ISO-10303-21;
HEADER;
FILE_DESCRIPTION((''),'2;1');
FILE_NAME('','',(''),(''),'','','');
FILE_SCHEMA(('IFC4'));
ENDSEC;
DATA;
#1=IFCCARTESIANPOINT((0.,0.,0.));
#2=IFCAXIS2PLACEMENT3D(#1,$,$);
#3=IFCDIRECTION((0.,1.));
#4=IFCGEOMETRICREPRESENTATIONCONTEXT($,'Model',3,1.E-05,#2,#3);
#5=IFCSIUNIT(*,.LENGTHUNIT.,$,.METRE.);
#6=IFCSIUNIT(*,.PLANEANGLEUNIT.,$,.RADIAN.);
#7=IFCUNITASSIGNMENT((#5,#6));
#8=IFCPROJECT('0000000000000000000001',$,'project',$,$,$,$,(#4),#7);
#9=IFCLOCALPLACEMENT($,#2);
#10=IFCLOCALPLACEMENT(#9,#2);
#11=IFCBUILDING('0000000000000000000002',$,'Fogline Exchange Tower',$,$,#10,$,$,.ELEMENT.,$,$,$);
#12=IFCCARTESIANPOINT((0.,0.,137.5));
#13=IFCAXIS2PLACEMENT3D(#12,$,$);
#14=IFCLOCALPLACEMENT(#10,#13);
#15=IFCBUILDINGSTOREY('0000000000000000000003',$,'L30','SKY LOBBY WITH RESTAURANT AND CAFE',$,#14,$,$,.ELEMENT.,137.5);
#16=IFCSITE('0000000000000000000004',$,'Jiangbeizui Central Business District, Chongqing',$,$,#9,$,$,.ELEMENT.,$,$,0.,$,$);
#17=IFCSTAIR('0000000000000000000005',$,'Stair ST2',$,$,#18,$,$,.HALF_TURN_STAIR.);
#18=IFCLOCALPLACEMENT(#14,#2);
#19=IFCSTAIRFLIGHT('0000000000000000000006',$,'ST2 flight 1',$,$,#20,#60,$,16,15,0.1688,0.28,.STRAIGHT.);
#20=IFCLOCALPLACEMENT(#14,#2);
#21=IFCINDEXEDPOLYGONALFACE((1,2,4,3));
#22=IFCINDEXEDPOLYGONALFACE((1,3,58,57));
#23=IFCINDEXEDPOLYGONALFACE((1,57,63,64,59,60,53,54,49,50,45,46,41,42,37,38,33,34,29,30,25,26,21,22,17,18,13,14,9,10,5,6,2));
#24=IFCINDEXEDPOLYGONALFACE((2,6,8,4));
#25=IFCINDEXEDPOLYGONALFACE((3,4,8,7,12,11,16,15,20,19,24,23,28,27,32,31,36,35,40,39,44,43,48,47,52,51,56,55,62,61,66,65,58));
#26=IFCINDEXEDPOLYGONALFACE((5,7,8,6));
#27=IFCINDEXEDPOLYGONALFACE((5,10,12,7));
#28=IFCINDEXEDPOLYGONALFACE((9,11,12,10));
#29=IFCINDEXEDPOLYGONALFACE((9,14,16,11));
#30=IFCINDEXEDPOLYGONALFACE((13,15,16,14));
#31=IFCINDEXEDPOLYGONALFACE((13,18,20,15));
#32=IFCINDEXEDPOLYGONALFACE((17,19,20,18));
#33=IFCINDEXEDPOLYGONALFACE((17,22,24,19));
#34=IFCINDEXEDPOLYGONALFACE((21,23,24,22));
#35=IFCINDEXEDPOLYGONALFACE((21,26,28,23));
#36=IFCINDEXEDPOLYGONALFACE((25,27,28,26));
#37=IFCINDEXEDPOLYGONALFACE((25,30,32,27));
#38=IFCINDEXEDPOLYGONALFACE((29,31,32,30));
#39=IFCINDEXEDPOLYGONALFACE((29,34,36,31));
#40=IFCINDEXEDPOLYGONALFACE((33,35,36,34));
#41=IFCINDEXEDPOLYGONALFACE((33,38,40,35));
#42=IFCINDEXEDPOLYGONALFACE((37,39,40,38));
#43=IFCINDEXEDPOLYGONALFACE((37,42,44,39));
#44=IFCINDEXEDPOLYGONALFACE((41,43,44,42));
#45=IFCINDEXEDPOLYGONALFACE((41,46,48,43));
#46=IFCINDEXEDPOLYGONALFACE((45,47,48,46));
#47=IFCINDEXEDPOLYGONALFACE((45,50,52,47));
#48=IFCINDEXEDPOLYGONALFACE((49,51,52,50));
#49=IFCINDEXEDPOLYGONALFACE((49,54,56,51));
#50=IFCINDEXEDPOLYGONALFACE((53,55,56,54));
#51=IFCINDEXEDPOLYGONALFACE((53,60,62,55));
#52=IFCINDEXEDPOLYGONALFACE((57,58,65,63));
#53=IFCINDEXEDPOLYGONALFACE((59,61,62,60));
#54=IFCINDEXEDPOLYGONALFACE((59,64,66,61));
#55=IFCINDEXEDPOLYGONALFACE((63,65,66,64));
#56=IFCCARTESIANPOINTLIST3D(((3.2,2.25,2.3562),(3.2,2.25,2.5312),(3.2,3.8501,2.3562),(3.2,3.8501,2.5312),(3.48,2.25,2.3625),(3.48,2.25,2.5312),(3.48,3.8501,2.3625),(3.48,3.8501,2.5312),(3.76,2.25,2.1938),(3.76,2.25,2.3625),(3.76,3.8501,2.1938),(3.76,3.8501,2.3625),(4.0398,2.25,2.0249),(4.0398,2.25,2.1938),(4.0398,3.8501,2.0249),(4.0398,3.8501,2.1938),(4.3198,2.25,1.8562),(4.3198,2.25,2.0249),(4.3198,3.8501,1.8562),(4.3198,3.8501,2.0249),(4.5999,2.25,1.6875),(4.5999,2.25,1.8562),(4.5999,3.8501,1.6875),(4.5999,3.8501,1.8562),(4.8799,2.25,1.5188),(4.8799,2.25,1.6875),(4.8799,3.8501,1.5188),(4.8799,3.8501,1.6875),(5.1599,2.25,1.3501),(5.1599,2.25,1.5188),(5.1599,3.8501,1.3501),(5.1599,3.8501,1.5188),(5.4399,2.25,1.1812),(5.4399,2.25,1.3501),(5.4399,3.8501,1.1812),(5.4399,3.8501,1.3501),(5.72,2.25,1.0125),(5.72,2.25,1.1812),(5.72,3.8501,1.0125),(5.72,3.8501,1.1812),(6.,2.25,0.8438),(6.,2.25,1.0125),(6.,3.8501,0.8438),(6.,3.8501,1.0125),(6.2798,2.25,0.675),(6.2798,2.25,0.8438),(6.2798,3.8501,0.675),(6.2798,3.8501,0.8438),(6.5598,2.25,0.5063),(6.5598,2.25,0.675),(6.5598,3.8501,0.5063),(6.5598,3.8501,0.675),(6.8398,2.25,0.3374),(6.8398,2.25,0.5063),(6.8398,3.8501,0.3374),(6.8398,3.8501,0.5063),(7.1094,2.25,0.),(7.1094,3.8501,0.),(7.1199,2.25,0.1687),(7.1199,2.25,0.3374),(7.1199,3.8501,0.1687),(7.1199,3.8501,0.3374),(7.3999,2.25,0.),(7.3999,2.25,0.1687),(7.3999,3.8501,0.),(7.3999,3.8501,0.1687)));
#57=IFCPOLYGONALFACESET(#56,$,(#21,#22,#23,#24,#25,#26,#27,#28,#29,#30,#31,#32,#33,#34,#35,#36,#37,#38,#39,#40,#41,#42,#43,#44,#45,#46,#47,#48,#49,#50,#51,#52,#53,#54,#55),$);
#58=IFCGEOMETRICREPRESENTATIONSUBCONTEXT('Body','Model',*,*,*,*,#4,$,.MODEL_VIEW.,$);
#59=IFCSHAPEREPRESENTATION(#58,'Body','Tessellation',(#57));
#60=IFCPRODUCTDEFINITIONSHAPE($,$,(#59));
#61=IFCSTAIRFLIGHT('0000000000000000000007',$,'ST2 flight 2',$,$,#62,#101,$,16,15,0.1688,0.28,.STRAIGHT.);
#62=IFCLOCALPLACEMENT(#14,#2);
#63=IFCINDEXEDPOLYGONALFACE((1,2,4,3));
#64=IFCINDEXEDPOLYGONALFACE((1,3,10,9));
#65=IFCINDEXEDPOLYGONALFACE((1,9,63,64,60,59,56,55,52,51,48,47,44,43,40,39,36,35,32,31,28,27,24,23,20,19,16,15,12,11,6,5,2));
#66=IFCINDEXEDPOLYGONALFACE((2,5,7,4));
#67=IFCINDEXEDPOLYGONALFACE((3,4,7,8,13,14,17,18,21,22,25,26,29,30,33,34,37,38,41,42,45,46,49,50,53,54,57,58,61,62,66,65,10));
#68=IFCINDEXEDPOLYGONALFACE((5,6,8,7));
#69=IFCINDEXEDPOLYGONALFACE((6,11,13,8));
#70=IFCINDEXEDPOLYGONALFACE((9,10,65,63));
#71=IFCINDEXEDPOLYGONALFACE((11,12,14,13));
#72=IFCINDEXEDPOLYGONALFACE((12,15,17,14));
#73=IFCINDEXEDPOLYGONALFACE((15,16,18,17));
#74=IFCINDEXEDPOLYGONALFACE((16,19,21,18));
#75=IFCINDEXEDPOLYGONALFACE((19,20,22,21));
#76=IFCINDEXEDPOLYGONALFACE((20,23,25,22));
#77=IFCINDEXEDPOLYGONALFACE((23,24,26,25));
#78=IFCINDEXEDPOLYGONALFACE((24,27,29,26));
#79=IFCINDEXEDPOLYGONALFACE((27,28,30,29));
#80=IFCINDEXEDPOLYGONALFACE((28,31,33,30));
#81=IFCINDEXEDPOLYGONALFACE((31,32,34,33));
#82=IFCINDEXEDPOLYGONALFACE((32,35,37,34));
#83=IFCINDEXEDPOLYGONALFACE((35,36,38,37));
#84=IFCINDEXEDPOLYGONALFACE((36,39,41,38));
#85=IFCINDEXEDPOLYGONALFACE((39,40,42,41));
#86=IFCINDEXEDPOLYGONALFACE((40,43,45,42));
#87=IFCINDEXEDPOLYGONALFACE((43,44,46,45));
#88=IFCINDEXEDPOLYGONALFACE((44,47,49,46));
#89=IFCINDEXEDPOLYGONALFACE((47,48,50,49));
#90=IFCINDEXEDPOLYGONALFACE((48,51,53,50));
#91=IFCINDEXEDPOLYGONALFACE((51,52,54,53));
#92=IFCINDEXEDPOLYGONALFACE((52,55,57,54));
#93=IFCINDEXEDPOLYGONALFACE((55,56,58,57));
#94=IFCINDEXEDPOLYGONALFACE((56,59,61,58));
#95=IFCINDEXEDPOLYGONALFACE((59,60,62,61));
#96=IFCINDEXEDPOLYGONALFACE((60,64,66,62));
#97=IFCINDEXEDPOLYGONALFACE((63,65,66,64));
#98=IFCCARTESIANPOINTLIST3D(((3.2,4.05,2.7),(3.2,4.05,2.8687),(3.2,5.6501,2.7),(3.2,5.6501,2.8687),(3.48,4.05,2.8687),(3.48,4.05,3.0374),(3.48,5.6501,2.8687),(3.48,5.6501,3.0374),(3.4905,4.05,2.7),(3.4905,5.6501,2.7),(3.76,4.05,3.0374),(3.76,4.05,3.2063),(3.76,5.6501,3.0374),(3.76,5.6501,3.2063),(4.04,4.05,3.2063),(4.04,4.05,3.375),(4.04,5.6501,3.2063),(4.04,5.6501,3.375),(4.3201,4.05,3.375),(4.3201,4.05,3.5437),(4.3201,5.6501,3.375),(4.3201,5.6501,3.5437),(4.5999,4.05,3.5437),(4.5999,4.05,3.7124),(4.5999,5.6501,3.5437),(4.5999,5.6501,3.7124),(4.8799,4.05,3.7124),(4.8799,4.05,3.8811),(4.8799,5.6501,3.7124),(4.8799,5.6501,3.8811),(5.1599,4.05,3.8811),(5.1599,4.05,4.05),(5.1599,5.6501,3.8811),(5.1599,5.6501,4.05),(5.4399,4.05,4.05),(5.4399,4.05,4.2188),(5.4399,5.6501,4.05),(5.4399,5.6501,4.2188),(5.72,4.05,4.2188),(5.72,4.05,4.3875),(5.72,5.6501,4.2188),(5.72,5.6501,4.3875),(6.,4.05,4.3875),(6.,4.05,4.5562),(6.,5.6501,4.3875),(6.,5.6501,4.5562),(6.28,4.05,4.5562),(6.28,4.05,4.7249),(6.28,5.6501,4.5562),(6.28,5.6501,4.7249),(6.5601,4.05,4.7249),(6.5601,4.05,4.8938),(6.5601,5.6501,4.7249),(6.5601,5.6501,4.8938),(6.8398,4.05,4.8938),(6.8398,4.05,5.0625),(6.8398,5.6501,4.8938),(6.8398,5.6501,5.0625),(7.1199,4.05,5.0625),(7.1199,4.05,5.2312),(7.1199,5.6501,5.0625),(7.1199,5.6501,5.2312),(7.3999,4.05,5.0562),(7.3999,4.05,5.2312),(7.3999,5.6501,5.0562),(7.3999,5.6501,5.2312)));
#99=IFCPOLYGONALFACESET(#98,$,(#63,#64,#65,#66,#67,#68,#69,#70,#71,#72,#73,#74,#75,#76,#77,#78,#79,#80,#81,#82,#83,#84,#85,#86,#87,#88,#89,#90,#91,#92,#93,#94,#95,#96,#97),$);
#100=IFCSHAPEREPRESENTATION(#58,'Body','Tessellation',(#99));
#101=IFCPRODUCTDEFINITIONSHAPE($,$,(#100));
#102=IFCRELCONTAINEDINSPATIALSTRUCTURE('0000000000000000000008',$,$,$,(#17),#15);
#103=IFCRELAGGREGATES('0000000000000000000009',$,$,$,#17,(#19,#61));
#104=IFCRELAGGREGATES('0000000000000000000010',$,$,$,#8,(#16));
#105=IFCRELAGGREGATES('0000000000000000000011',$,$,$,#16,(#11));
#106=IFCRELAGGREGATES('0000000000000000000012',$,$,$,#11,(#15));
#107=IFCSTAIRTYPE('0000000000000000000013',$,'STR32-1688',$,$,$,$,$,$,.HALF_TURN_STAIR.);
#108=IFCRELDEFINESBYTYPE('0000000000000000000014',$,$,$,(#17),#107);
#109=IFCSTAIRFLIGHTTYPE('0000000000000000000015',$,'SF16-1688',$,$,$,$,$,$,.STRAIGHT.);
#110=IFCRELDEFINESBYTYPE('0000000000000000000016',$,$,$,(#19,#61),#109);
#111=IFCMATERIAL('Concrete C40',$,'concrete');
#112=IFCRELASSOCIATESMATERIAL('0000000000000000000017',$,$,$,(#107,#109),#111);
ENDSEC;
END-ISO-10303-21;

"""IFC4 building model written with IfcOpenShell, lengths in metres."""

from ifc_helpers import new_model, si_unit, direction, frame, origin, place, context, subcontext, project, spatial, polyline, outline, extrude, material, type_object, element, aggregate, save


model = new_model("IFC4")

# Units and contexts
model_context = context("Model", 3, precision=1e-05, world=origin(), true_north=direction((0.0, 1.0)))
body_context = subcontext(model_context, "Body", "Model", "MODEL_VIEW")
ifc_project = project(units=[si_unit("LENGTHUNIT", "METRE"), si_unit("PLANEANGLEUNIT", "RADIAN")], contexts=[model_context])

# Site, building, storey
site_placement = place(None, origin())
site = spatial("IfcSite", under=ifc_project, at=site_placement, Name="Jiangbeizui Central Business District, Chongqing", CompositionType="ELEMENT", RefElevation=0.0)
building_placement = place(site_placement, origin())
building = spatial("IfcBuilding", under=site, at=building_placement, Name="Fogline Exchange Tower", CompositionType="ELEMENT")
storey_placement = place(building_placement, frame((0.0, 0.0, 137.5)))
storey = spatial("IfcBuildingStorey", under=building, at=storey_placement, Name="L30", Description="SKY LOBBY WITH RESTAURANT AND CAFE", CompositionType="ELEMENT", Elevation=137.5)

# Shared definitions
ifc_material_1 = material(Name="Concrete C40", Category="concrete")

# Stair, stair flights
stair_type = type_object("IfcStairType", Name="STR32-1688", PredefinedType="HALF_TURN_STAIR", material=ifc_material_1)
stair_placement = place(storey_placement, origin())
stair = element("IfcStair", 1, at=stair_placement, inside=storey, type_object=stair_type, Name="Stair ST2", PredefinedType="HALF_TURN_STAIR")
stair_flight_type = type_object("IfcStairFlightType", Name="SF16-1688", PredefinedType="STRAIGHT", material=ifc_material_1)
stair_flight_1_placement = place(storey_placement, frame((7.3999, 3.05, 0.0), z_axis=(0.0, 0.0, 1.0), x_axis=(-1.0, 0.0, 0.0)))
stair_flight_1 = element("IfcStairFlight", 2, at=stair_flight_1_placement, type_object=stair_flight_type, Name="ST2 flight 1", NumberOfRisers=16, NumberOfTreads=15, PredefinedType="STRAIGHT", RiserHeight=0.1688, TreadLength=0.28, context=body_context, shape_type="SweptSolid", body=[
    extrude(outline(polyline([(0.0, 0.0), (0.0, 0.1687), (0.28, 0.1687), (0.28, 0.3374), (0.5601, 0.3374), (0.5601, 0.5063), (0.8401, 0.5063), (0.8401, 0.675), (1.1201, 0.675), (1.1201, 0.8438), (1.3999, 0.8438), (1.3999, 1.0125), (1.6799, 1.0125), (1.6799, 1.1812), (1.96, 1.1812), (1.96, 1.3501), (2.24, 1.3501), (2.24, 1.5188), (2.52, 1.5188), (2.52, 1.6875), (2.8, 1.6875), (2.8, 1.8562), (3.0801, 1.8562), (3.0801, 2.0249), (3.3601, 2.0249), (3.3601, 2.1938), (3.6399, 2.1938), (3.6399, 2.3625), (3.9199, 2.3625), (3.9199, 2.5312), (4.2, 2.5312), (4.2, 2.7), (4.2, 2.3562), (0.2905, 0.0), (0.0, 0.0)])), frame((0.0, 0.8, 0.0), z_axis=(0.0, -1.0, 0.0), x_axis=(1.0, 0.0, 0.0)), (0.0, 0.0, 1.0), 1.6001),
])
stair_flight_2_placement = place(storey_placement, frame((3.2, 4.8501, 2.7), z_axis=(0.0, 0.0, 1.0), x_axis=(1.0, 0.0, 0.0)))
stair_flight_2 = element("IfcStairFlight", 3, at=stair_flight_2_placement, type_object=stair_flight_type, Name="ST2 flight 2", NumberOfRisers=16, NumberOfTreads=15, PredefinedType="STRAIGHT", RiserHeight=0.1688, TreadLength=0.28, context=body_context, shape_type="SweptSolid", body=[
    extrude(outline(polyline([(0.0, 0.0), (0.0, 0.1687), (0.28, 0.1687), (0.28, 0.3374), (0.5601, 0.3374), (0.5601, 0.5063), (0.8401, 0.5063), (0.8401, 0.675), (1.1201, 0.675), (1.1201, 0.8438), (1.3999, 0.8438), (1.3999, 1.0125), (1.6799, 1.0125), (1.6799, 1.1812), (1.96, 1.1812), (1.96, 1.3501), (2.24, 1.3501), (2.24, 1.5188), (2.52, 1.5188), (2.52, 1.6875), (2.8, 1.6875), (2.8, 1.8562), (3.0801, 1.8562), (3.0801, 2.0249), (3.3601, 2.0249), (3.3601, 2.1938), (3.6399, 2.1938), (3.6399, 2.3625), (3.9199, 2.3625), (3.9199, 2.5312), (4.2, 2.5312), (4.2, 2.7), (4.2, 2.3562), (0.2905, 0.0), (0.0, 0.0)])), frame((0.0, 0.8, 0.0), z_axis=(0.0, -1.0, 0.0), x_axis=(1.0, 0.0, 0.0)), (0.0, 0.0, 1.0), 1.6001),
])
aggregate(stair, [stair_flight_1, stair_flight_2])

save(model, "model.ifc")
